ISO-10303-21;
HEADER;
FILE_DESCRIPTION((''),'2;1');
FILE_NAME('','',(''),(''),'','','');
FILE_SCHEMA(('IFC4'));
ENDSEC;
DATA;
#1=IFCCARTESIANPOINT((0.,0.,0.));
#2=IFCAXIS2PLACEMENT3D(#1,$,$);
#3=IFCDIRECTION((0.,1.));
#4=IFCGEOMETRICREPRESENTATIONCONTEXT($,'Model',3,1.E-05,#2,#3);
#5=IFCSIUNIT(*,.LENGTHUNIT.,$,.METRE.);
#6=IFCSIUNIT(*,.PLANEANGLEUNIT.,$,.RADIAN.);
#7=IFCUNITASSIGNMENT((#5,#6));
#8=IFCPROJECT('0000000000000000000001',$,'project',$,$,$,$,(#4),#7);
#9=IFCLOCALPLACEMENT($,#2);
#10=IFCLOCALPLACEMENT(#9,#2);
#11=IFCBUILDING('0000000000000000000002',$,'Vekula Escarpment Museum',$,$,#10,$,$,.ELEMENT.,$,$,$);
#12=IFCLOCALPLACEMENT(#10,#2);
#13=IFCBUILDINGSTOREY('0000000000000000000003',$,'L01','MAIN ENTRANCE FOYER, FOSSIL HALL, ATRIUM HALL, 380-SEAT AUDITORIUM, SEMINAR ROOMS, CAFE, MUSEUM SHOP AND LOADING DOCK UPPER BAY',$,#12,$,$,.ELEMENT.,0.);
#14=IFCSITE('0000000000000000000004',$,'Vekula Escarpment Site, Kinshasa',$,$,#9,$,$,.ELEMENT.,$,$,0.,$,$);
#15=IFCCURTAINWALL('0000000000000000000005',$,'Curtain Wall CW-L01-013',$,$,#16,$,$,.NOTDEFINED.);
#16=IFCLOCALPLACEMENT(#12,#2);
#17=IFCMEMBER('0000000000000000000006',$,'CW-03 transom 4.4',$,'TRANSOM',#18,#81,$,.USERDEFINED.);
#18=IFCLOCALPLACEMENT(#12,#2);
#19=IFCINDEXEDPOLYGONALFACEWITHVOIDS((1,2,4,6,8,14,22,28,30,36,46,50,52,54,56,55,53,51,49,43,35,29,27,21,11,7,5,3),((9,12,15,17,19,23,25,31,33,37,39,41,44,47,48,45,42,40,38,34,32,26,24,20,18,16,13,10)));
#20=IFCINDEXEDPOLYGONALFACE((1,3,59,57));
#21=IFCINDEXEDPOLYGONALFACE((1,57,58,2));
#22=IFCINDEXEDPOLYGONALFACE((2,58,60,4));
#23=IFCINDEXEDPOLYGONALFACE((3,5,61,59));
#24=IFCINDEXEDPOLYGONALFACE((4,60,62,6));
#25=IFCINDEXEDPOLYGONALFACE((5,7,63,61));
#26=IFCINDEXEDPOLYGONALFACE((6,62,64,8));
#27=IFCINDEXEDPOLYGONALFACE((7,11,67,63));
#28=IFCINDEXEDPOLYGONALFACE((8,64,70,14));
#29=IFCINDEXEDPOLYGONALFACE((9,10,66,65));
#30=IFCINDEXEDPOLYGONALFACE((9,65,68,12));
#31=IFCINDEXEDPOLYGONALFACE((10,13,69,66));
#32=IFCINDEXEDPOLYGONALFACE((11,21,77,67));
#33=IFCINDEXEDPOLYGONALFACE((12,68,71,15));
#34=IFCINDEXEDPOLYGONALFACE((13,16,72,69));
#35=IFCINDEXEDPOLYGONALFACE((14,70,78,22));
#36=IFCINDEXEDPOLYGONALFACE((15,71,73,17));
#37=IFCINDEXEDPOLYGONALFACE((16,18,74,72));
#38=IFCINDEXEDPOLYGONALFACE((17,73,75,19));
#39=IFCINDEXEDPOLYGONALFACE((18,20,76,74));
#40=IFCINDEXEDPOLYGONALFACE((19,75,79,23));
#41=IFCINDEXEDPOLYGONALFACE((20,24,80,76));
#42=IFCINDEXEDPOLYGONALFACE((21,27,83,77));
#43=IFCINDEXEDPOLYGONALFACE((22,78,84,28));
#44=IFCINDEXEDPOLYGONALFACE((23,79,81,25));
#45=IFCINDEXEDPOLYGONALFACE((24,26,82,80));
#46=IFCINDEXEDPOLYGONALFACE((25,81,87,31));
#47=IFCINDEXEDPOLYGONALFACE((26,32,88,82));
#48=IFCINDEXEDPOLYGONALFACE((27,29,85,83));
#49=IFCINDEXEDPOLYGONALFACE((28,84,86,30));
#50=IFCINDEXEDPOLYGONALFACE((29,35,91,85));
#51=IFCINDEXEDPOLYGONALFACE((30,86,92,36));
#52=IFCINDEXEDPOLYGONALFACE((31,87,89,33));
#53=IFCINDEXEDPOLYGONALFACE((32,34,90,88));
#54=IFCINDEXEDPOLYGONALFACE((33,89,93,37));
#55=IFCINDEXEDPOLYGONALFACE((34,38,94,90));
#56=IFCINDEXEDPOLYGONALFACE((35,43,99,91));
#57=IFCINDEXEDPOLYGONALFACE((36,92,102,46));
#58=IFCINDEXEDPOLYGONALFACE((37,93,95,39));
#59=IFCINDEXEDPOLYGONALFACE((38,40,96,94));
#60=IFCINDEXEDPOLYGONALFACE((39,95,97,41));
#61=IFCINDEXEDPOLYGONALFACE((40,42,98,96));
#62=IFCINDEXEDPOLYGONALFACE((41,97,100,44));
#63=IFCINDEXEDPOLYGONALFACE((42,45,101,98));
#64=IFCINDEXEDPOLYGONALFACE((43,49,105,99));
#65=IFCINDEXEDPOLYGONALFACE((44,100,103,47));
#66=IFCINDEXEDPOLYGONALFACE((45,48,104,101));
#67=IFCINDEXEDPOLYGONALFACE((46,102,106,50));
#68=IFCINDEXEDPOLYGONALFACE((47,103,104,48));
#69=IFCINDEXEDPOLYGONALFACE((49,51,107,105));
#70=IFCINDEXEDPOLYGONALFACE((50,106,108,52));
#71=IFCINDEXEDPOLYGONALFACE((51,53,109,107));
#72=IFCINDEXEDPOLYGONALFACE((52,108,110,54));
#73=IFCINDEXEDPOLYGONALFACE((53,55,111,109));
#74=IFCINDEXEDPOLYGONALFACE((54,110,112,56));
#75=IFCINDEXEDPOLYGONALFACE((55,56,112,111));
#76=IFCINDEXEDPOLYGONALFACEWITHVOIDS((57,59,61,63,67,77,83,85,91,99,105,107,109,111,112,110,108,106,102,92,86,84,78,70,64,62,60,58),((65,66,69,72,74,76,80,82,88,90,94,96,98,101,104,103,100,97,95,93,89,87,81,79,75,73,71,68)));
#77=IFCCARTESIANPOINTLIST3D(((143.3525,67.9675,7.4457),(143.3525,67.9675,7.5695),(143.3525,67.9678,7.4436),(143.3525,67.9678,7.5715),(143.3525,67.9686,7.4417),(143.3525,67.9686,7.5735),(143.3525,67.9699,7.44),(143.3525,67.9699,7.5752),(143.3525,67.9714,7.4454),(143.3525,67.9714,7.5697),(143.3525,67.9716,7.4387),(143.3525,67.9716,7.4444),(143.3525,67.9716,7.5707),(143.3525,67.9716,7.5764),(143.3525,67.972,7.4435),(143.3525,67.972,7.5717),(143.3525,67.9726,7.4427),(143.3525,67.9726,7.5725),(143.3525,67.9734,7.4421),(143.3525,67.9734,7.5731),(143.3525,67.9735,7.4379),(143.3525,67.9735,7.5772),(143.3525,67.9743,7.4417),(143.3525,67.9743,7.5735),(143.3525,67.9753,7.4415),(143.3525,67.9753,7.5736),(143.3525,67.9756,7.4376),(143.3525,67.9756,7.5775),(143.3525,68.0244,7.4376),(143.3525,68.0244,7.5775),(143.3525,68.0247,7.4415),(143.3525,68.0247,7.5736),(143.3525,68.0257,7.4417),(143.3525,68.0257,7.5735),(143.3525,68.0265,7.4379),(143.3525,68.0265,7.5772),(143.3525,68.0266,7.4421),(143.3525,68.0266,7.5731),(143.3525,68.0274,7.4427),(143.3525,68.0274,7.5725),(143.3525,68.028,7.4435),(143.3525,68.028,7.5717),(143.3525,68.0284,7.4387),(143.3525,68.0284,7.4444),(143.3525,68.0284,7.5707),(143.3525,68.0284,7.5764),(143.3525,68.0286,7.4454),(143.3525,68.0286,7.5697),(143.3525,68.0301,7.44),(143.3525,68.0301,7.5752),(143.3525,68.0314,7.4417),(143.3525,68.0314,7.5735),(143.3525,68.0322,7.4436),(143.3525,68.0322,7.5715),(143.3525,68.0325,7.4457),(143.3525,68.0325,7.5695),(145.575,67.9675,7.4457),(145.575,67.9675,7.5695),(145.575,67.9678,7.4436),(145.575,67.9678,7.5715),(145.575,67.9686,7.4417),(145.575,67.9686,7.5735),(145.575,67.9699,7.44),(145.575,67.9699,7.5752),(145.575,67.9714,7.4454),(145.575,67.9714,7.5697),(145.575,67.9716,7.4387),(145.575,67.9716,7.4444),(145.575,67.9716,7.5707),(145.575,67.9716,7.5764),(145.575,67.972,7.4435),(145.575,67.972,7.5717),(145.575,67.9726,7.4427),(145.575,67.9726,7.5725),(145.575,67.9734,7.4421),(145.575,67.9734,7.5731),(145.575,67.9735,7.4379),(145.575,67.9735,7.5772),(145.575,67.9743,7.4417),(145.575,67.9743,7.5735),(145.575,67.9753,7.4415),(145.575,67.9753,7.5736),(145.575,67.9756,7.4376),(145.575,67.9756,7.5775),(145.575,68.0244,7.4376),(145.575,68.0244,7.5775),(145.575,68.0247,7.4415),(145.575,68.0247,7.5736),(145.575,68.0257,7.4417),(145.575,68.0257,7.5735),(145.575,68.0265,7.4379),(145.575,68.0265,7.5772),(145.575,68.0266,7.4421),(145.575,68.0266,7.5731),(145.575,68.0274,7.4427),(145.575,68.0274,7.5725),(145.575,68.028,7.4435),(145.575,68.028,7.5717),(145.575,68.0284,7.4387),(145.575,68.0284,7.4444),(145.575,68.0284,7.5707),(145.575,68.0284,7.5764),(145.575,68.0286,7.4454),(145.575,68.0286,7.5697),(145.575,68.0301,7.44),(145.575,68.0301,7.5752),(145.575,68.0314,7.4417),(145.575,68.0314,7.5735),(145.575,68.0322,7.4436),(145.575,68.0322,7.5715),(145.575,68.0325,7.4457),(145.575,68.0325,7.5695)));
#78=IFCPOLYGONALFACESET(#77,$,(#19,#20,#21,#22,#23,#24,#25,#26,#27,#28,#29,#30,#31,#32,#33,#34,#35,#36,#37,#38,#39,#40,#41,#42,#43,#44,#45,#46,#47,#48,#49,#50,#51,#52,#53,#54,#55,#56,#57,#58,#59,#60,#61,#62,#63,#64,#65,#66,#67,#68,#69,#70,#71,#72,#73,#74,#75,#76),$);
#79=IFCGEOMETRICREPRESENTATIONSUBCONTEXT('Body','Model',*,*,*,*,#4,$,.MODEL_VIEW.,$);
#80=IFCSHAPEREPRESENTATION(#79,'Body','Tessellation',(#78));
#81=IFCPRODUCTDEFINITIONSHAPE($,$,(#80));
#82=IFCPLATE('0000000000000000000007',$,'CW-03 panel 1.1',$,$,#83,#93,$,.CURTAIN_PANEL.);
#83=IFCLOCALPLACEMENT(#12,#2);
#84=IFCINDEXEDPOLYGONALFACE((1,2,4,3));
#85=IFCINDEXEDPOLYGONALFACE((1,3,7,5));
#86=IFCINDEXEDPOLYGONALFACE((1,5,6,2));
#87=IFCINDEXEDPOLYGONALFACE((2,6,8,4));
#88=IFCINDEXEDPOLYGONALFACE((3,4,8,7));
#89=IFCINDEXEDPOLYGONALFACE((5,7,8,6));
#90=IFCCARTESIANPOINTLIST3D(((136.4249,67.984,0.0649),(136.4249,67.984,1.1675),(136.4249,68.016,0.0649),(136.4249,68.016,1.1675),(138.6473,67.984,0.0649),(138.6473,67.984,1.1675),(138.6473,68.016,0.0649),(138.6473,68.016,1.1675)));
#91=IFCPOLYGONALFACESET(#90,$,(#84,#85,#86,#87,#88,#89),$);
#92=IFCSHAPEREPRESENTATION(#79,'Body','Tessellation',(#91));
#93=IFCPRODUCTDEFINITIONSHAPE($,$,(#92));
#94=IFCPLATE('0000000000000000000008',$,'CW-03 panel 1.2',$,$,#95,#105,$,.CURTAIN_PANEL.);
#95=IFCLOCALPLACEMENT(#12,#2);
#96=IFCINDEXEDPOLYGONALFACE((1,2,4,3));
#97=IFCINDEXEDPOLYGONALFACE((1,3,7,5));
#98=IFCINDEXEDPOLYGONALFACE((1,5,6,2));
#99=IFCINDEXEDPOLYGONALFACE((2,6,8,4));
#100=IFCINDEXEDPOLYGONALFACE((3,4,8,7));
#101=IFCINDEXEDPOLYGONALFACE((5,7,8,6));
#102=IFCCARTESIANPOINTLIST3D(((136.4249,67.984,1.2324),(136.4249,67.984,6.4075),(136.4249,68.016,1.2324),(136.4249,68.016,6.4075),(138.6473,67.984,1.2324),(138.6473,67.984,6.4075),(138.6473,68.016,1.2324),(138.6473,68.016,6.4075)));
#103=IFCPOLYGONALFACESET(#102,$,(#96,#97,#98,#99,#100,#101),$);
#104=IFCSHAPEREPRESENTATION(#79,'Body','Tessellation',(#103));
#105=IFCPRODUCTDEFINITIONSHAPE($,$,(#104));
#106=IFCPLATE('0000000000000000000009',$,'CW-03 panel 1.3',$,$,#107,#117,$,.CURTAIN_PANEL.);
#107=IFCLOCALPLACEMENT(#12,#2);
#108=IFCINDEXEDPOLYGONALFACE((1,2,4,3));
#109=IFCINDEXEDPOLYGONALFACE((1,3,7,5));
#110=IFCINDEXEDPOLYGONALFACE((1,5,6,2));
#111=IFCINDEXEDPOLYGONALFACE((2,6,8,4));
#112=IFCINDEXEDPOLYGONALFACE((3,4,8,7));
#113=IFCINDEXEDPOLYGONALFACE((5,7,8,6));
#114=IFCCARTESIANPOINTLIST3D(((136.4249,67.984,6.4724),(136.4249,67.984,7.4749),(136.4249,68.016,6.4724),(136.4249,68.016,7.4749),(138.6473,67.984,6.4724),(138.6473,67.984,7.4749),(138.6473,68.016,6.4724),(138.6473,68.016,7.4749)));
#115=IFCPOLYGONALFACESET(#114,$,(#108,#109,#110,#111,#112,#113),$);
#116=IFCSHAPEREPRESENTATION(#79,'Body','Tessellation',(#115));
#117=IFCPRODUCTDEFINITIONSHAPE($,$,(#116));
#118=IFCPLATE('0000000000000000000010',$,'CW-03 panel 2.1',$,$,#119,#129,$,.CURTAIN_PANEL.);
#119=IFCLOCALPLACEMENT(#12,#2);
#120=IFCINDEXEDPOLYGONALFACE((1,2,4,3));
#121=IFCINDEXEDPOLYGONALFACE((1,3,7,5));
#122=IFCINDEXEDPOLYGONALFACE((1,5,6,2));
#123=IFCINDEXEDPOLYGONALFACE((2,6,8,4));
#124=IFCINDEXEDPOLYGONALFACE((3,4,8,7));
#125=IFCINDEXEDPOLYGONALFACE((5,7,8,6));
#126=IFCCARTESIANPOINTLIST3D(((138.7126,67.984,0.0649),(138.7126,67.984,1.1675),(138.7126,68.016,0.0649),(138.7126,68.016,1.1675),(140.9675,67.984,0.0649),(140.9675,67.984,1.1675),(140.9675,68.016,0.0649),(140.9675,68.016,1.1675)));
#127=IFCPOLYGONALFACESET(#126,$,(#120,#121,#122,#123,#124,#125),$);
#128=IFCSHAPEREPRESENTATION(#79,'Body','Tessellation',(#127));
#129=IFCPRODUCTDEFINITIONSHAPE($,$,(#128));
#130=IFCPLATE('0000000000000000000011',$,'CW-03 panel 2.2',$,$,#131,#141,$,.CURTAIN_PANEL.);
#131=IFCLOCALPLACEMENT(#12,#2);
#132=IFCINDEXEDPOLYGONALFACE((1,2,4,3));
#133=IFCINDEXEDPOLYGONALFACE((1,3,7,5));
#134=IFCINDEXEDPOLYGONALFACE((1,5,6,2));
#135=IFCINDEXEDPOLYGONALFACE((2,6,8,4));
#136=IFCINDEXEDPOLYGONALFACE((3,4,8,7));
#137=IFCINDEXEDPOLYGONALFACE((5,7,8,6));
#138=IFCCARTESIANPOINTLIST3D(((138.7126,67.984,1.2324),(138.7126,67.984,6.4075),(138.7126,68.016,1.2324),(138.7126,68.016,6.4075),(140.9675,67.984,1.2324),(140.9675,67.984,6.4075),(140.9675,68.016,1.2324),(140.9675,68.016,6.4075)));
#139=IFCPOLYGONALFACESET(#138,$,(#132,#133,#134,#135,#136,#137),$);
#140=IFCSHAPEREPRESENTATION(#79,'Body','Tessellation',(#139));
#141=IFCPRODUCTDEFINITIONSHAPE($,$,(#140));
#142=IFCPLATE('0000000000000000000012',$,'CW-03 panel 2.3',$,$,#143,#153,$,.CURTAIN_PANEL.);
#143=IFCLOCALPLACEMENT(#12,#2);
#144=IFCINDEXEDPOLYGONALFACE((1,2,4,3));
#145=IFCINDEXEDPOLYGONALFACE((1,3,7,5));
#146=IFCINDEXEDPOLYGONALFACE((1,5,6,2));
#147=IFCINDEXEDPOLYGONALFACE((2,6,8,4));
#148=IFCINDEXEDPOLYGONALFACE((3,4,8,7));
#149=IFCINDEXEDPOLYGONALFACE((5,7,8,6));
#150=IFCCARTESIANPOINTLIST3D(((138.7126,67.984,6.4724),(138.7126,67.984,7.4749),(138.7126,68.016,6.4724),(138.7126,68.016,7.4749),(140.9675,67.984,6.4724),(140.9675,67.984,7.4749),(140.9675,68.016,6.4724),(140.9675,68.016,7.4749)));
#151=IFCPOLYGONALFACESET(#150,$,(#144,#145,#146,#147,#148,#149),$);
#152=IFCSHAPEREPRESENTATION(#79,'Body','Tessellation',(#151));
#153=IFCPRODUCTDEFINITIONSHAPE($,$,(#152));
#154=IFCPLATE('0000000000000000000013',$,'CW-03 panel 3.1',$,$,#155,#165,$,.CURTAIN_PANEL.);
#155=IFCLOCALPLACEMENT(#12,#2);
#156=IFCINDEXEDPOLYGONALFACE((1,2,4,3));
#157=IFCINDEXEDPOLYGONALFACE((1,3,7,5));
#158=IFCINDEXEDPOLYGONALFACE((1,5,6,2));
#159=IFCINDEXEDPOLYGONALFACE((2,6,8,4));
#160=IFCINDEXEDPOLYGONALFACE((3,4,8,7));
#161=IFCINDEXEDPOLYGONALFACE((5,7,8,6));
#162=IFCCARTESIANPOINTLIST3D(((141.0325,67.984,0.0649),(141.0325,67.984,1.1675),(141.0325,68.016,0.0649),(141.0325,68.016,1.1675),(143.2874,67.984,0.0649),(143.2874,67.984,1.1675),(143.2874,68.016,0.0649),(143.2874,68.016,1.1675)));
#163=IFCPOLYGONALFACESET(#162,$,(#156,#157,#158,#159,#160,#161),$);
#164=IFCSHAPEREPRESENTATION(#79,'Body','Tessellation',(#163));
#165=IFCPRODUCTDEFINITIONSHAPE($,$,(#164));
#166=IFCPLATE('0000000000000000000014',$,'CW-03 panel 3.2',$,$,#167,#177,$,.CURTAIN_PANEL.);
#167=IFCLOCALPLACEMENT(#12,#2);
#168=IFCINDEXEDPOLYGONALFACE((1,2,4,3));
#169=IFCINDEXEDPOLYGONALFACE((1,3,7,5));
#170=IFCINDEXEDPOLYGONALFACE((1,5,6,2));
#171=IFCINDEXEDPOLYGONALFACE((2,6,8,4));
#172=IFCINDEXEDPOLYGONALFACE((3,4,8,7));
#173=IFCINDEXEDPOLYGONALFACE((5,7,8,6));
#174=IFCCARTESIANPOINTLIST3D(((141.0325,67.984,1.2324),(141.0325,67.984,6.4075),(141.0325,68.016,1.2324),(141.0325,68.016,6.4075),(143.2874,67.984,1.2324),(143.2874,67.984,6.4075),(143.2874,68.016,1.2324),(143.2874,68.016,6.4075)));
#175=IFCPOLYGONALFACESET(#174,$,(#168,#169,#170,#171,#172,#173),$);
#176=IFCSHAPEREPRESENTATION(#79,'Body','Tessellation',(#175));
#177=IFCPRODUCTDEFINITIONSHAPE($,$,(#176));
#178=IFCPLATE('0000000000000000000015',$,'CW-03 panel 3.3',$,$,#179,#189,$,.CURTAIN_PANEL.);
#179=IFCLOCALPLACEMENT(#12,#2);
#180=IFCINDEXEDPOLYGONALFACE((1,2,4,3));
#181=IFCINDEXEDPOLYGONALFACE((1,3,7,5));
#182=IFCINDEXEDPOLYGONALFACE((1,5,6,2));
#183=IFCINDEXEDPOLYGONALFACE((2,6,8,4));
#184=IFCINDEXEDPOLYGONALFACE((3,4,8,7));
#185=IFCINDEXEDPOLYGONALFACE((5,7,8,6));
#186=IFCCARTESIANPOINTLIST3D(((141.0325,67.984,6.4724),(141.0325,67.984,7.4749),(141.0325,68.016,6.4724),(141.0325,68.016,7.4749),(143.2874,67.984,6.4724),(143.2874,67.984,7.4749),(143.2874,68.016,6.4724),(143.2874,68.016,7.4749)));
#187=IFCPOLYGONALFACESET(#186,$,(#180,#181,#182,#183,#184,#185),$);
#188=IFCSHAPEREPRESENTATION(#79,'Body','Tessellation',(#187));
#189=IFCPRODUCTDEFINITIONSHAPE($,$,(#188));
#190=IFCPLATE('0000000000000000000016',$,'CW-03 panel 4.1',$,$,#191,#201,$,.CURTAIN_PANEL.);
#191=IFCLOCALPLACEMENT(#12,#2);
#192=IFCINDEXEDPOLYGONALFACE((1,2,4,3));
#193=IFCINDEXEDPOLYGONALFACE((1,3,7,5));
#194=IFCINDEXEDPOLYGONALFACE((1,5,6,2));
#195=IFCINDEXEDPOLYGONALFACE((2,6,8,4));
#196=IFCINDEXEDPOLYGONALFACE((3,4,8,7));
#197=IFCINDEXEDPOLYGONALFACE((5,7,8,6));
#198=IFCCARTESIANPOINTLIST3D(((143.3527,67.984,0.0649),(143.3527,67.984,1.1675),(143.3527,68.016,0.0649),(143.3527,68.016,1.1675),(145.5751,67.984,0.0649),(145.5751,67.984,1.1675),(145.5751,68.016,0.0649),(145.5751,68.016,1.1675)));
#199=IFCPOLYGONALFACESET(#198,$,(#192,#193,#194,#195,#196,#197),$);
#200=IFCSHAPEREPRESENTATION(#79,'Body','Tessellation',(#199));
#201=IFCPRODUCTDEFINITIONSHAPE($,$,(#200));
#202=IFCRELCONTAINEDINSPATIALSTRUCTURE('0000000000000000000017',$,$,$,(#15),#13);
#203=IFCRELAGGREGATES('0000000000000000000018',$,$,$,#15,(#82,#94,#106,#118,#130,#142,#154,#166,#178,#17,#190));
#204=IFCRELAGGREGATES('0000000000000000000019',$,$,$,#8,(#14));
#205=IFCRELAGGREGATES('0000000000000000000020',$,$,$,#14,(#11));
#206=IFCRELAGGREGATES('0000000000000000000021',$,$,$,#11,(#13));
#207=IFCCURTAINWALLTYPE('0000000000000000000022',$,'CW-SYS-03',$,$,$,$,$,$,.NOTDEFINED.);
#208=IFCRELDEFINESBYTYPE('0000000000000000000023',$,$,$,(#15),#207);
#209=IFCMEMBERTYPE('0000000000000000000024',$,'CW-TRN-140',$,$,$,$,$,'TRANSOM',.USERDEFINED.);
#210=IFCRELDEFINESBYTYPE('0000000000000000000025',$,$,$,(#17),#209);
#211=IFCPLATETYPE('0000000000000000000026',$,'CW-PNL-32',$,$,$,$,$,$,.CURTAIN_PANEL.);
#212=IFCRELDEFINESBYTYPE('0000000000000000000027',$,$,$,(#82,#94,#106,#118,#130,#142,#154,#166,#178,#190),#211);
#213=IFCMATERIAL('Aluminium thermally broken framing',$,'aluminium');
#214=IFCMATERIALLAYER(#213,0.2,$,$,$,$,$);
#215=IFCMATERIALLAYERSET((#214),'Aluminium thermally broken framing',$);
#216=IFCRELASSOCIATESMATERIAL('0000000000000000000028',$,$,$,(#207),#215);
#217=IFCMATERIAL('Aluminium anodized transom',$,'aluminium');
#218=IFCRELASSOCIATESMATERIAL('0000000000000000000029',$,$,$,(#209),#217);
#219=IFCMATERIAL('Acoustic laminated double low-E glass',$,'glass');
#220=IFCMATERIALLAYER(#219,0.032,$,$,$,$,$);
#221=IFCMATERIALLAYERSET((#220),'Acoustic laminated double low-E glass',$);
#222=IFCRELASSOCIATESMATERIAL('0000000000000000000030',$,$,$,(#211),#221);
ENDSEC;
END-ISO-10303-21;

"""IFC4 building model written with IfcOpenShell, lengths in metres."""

from ifc_helpers import new_model, si_unit, direction, frame, origin, origin_2d, place, context, subcontext, project, spatial, rectangle, hollow_rectangle, extrude, material, layer, layer_set, material_profile, profile_set, type_object, element, aggregate, save


model = new_model("IFC4")

# Units and contexts
model_context = context("Model", 3, precision=1e-05, world=origin(), true_north=direction((0.0, 1.0)))
body_context = subcontext(model_context, "Body", "Model", "MODEL_VIEW")
ifc_project = project(units=[si_unit("LENGTHUNIT", "METRE"), si_unit("PLANEANGLEUNIT", "RADIAN")], contexts=[model_context])

# Site, building, storey
site_placement = place(None, origin())
site = spatial("IfcSite", under=ifc_project, at=site_placement, Name="Vekula Escarpment Site, Kinshasa", CompositionType="ELEMENT", RefElevation=0.0)
building_placement = place(site_placement, origin())
building = spatial("IfcBuilding", under=site, at=building_placement, Name="Vekula Escarpment Museum", CompositionType="ELEMENT")
storey_placement = place(building_placement, origin())
storey = spatial("IfcBuildingStorey", under=building, at=storey_placement, Name="L01", Description="MAIN ENTRANCE FOYER, FOSSIL HALL, ATRIUM HALL, 380-SEAT AUDITORIUM, SEMINAR ROOMS, CAFE, MUSEUM SHOP AND LOADING DOCK UPPER BAY", CompositionType="ELEMENT", Elevation=0.0)

# Curtain wall, member, plates
ifc_material_1 = material(Name="Aluminium thermally broken framing", Category="aluminium")
ifc_layer_1 = layer(ifc_material_1, 0.2)
ifc_layer_set_1 = layer_set([ifc_layer_1], Name="Aluminium thermally broken framing")
curtain_wall_type = type_object("IfcCurtainWallType", Name="CW-SYS-03", PredefinedType="NOTDEFINED", material=ifc_layer_set_1)
curtain_wall_placement = place(storey_placement, origin())
curtain_wall = element("IfcCurtainWall", 1, at=curtain_wall_placement, inside=storey, type_object=curtain_wall_type, Name="Curtain Wall CW-L01-013", PredefinedType="NOTDEFINED")
ifc_material_2 = material(Name="Aluminium anodized transom", Category="aluminium")
ifc_material_profile_1 = material_profile(ifc_material_2, hollow_rectangle(XDim=0.0649, YDim=0.1399, WallThickness=0.0039, InnerFilletRadius=0.0039, OuterFilletRadius=0.0081, at=origin_2d()), Name="ALU 140x65x4")
ifc_profile_set_1 = profile_set([ifc_material_profile_1], Name="Aluminium anodized transom")
member_type_1 = type_object("IfcMemberType", Name="CW-TRN-140", ElementType="TRANSOM", PredefinedType="USERDEFINED", material=ifc_profile_set_1)
member_1_placement = place(storey_placement, frame((143.3525, 68.0, 7.5076), z_axis=(1.0, 0.0, 0.0), x_axis=(0.0, 1.0, 0.0)))
member_1 = element("IfcMember", 2, at=member_1_placement, type_object=member_type_1, Name="CW-03 transom 4.4", ObjectType="TRANSOM", PredefinedType="USERDEFINED", context=body_context, shape_type="SweptSolid", body=[
    extrude(hollow_rectangle(XDim=0.0649, YDim=0.1399, WallThickness=0.0039, InnerFilletRadius=0.0039, OuterFilletRadius=0.0081, at=origin_2d()), origin(), (0.0, 0.0, 1.0), 2.2224),
])
ifc_material_3 = material(Name="Acoustic laminated double low-E glass", Category="glass")
ifc_layer_2 = layer(ifc_material_3, 0.032)
ifc_layer_set_2 = layer_set([ifc_layer_2], Name="Acoustic laminated double low-E glass")
plate_type = type_object("IfcPlateType", Name="CW-PNL-32", PredefinedType="CURTAIN_PANEL", material=ifc_layer_set_2)
plate_1_placement = place(storey_placement, frame((137.5361, 68.0, 0.0649), z_axis=(0.0, 0.0, 1.0), x_axis=(1.0, 0.0, 0.0)))
plate_1 = element("IfcPlate", 3, at=plate_1_placement, type_object=plate_type, Name="CW-03 panel 1.1", PredefinedType="CURTAIN_PANEL", context=body_context, shape_type="SweptSolid", body=[
    extrude(rectangle(XDim=2.2224, YDim=0.032, at=origin_2d()), origin(), (0.0, 0.0, 1.0), 1.1025),
])
plate_2_placement = place(storey_placement, frame((137.5361, 68.0, 1.2324), z_axis=(0.0, 0.0, 1.0), x_axis=(1.0, 0.0, 0.0)))
plate_2 = element("IfcPlate", 4, at=plate_2_placement, type_object=plate_type, Name="CW-03 panel 1.2", PredefinedType="CURTAIN_PANEL", context=body_context, shape_type="SweptSolid", body=[
    extrude(rectangle(XDim=2.2224, YDim=0.032, at=origin_2d()), origin(), (0.0, 0.0, 1.0), 5.175),
])
plate_3_placement = place(storey_placement, frame((137.5361, 68.0, 6.4724), z_axis=(0.0, 0.0, 1.0), x_axis=(1.0, 0.0, 0.0)))
plate_3 = element("IfcPlate", 5, at=plate_3_placement, type_object=plate_type, Name="CW-03 panel 1.3", PredefinedType="CURTAIN_PANEL", context=body_context, shape_type="SweptSolid", body=[
    extrude(rectangle(XDim=2.2224, YDim=0.032, at=origin_2d()), origin(), (0.0, 0.0, 1.0), 1.0024),
])
plate_4_placement = place(storey_placement, frame((139.8401, 68.0, 0.0649), z_axis=(0.0, 0.0, 1.0), x_axis=(1.0, 0.0, 0.0)))
plate_4 = element("IfcPlate", 6, at=plate_4_placement, type_object=plate_type, Name="CW-03 panel 2.1", PredefinedType="CURTAIN_PANEL", context=body_context, shape_type="SweptSolid", body=[
    extrude(rectangle(XDim=2.2549, YDim=0.032, at=origin_2d()), origin(), (0.0, 0.0, 1.0), 1.1025),
])
plate_5_placement = place(storey_placement, frame((139.8401, 68.0, 1.2324), z_axis=(0.0, 0.0, 1.0), x_axis=(1.0, 0.0, 0.0)))
plate_5 = element("IfcPlate", 7, at=plate_5_placement, type_object=plate_type, Name="CW-03 panel 2.2", PredefinedType="CURTAIN_PANEL", context=body_context, shape_type="SweptSolid", body=[
    extrude(rectangle(XDim=2.2549, YDim=0.032, at=origin_2d()), origin(), (0.0, 0.0, 1.0), 5.175),
])
plate_6_placement = place(storey_placement, frame((139.8401, 68.0, 6.4724), z_axis=(0.0, 0.0, 1.0), x_axis=(1.0, 0.0, 0.0)))
plate_6 = element("IfcPlate", 8, at=plate_6_placement, type_object=plate_type, Name="CW-03 panel 2.3", PredefinedType="CURTAIN_PANEL", context=body_context, shape_type="SweptSolid", body=[
    extrude(rectangle(XDim=2.2549, YDim=0.032, at=origin_2d()), origin(), (0.0, 0.0, 1.0), 1.0024),
])
plate_7_placement = place(storey_placement, frame((142.1599, 68.0, 0.0649), z_axis=(0.0, 0.0, 1.0), x_axis=(1.0, 0.0, 0.0)))
plate_7 = element("IfcPlate", 9, at=plate_7_placement, type_object=plate_type, Name="CW-03 panel 3.1", PredefinedType="CURTAIN_PANEL", context=body_context, shape_type="SweptSolid", body=[
    extrude(rectangle(XDim=2.2549, YDim=0.032, at=origin_2d()), origin(), (0.0, 0.0, 1.0), 1.1025),
])
plate_8_placement = place(storey_placement, frame((142.1599, 68.0, 1.2324), z_axis=(0.0, 0.0, 1.0), x_axis=(1.0, 0.0, 0.0)))
plate_8 = element("IfcPlate", 10, at=plate_8_placement, type_object=plate_type, Name="CW-03 panel 3.2", PredefinedType="CURTAIN_PANEL", context=body_context, shape_type="SweptSolid", body=[
    extrude(rectangle(XDim=2.2549, YDim=0.032, at=origin_2d()), origin(), (0.0, 0.0, 1.0), 5.175),
])
plate_9_placement = place(storey_placement, frame((142.1599, 68.0, 6.4724), z_axis=(0.0, 0.0, 1.0), x_axis=(1.0, 0.0, 0.0)))
plate_9 = element("IfcPlate", 11, at=plate_9_placement, type_object=plate_type, Name="CW-03 panel 3.3", PredefinedType="CURTAIN_PANEL", context=body_context, shape_type="SweptSolid", body=[
    extrude(rectangle(XDim=2.2549, YDim=0.032, at=origin_2d()), origin(), (0.0, 0.0, 1.0), 1.0024),
])
plate_10_placement = place(storey_placement, frame((144.4639, 68.0, 0.0649), z_axis=(0.0, 0.0, 1.0), x_axis=(1.0, 0.0, 0.0)))
plate_10 = element("IfcPlate", 12, at=plate_10_placement, type_object=plate_type, Name="CW-03 panel 4.1", PredefinedType="CURTAIN_PANEL", context=body_context, shape_type="SweptSolid", body=[
    extrude(rectangle(XDim=2.2224, YDim=0.032, at=origin_2d()), origin(), (0.0, 0.0, 1.0), 1.1025),
])
aggregate(curtain_wall, [plate_1, plate_2, plate_3, plate_4, plate_5, plate_6, plate_7, plate_8, plate_9, member_1, plate_10])

save(model, "model.ifc")
